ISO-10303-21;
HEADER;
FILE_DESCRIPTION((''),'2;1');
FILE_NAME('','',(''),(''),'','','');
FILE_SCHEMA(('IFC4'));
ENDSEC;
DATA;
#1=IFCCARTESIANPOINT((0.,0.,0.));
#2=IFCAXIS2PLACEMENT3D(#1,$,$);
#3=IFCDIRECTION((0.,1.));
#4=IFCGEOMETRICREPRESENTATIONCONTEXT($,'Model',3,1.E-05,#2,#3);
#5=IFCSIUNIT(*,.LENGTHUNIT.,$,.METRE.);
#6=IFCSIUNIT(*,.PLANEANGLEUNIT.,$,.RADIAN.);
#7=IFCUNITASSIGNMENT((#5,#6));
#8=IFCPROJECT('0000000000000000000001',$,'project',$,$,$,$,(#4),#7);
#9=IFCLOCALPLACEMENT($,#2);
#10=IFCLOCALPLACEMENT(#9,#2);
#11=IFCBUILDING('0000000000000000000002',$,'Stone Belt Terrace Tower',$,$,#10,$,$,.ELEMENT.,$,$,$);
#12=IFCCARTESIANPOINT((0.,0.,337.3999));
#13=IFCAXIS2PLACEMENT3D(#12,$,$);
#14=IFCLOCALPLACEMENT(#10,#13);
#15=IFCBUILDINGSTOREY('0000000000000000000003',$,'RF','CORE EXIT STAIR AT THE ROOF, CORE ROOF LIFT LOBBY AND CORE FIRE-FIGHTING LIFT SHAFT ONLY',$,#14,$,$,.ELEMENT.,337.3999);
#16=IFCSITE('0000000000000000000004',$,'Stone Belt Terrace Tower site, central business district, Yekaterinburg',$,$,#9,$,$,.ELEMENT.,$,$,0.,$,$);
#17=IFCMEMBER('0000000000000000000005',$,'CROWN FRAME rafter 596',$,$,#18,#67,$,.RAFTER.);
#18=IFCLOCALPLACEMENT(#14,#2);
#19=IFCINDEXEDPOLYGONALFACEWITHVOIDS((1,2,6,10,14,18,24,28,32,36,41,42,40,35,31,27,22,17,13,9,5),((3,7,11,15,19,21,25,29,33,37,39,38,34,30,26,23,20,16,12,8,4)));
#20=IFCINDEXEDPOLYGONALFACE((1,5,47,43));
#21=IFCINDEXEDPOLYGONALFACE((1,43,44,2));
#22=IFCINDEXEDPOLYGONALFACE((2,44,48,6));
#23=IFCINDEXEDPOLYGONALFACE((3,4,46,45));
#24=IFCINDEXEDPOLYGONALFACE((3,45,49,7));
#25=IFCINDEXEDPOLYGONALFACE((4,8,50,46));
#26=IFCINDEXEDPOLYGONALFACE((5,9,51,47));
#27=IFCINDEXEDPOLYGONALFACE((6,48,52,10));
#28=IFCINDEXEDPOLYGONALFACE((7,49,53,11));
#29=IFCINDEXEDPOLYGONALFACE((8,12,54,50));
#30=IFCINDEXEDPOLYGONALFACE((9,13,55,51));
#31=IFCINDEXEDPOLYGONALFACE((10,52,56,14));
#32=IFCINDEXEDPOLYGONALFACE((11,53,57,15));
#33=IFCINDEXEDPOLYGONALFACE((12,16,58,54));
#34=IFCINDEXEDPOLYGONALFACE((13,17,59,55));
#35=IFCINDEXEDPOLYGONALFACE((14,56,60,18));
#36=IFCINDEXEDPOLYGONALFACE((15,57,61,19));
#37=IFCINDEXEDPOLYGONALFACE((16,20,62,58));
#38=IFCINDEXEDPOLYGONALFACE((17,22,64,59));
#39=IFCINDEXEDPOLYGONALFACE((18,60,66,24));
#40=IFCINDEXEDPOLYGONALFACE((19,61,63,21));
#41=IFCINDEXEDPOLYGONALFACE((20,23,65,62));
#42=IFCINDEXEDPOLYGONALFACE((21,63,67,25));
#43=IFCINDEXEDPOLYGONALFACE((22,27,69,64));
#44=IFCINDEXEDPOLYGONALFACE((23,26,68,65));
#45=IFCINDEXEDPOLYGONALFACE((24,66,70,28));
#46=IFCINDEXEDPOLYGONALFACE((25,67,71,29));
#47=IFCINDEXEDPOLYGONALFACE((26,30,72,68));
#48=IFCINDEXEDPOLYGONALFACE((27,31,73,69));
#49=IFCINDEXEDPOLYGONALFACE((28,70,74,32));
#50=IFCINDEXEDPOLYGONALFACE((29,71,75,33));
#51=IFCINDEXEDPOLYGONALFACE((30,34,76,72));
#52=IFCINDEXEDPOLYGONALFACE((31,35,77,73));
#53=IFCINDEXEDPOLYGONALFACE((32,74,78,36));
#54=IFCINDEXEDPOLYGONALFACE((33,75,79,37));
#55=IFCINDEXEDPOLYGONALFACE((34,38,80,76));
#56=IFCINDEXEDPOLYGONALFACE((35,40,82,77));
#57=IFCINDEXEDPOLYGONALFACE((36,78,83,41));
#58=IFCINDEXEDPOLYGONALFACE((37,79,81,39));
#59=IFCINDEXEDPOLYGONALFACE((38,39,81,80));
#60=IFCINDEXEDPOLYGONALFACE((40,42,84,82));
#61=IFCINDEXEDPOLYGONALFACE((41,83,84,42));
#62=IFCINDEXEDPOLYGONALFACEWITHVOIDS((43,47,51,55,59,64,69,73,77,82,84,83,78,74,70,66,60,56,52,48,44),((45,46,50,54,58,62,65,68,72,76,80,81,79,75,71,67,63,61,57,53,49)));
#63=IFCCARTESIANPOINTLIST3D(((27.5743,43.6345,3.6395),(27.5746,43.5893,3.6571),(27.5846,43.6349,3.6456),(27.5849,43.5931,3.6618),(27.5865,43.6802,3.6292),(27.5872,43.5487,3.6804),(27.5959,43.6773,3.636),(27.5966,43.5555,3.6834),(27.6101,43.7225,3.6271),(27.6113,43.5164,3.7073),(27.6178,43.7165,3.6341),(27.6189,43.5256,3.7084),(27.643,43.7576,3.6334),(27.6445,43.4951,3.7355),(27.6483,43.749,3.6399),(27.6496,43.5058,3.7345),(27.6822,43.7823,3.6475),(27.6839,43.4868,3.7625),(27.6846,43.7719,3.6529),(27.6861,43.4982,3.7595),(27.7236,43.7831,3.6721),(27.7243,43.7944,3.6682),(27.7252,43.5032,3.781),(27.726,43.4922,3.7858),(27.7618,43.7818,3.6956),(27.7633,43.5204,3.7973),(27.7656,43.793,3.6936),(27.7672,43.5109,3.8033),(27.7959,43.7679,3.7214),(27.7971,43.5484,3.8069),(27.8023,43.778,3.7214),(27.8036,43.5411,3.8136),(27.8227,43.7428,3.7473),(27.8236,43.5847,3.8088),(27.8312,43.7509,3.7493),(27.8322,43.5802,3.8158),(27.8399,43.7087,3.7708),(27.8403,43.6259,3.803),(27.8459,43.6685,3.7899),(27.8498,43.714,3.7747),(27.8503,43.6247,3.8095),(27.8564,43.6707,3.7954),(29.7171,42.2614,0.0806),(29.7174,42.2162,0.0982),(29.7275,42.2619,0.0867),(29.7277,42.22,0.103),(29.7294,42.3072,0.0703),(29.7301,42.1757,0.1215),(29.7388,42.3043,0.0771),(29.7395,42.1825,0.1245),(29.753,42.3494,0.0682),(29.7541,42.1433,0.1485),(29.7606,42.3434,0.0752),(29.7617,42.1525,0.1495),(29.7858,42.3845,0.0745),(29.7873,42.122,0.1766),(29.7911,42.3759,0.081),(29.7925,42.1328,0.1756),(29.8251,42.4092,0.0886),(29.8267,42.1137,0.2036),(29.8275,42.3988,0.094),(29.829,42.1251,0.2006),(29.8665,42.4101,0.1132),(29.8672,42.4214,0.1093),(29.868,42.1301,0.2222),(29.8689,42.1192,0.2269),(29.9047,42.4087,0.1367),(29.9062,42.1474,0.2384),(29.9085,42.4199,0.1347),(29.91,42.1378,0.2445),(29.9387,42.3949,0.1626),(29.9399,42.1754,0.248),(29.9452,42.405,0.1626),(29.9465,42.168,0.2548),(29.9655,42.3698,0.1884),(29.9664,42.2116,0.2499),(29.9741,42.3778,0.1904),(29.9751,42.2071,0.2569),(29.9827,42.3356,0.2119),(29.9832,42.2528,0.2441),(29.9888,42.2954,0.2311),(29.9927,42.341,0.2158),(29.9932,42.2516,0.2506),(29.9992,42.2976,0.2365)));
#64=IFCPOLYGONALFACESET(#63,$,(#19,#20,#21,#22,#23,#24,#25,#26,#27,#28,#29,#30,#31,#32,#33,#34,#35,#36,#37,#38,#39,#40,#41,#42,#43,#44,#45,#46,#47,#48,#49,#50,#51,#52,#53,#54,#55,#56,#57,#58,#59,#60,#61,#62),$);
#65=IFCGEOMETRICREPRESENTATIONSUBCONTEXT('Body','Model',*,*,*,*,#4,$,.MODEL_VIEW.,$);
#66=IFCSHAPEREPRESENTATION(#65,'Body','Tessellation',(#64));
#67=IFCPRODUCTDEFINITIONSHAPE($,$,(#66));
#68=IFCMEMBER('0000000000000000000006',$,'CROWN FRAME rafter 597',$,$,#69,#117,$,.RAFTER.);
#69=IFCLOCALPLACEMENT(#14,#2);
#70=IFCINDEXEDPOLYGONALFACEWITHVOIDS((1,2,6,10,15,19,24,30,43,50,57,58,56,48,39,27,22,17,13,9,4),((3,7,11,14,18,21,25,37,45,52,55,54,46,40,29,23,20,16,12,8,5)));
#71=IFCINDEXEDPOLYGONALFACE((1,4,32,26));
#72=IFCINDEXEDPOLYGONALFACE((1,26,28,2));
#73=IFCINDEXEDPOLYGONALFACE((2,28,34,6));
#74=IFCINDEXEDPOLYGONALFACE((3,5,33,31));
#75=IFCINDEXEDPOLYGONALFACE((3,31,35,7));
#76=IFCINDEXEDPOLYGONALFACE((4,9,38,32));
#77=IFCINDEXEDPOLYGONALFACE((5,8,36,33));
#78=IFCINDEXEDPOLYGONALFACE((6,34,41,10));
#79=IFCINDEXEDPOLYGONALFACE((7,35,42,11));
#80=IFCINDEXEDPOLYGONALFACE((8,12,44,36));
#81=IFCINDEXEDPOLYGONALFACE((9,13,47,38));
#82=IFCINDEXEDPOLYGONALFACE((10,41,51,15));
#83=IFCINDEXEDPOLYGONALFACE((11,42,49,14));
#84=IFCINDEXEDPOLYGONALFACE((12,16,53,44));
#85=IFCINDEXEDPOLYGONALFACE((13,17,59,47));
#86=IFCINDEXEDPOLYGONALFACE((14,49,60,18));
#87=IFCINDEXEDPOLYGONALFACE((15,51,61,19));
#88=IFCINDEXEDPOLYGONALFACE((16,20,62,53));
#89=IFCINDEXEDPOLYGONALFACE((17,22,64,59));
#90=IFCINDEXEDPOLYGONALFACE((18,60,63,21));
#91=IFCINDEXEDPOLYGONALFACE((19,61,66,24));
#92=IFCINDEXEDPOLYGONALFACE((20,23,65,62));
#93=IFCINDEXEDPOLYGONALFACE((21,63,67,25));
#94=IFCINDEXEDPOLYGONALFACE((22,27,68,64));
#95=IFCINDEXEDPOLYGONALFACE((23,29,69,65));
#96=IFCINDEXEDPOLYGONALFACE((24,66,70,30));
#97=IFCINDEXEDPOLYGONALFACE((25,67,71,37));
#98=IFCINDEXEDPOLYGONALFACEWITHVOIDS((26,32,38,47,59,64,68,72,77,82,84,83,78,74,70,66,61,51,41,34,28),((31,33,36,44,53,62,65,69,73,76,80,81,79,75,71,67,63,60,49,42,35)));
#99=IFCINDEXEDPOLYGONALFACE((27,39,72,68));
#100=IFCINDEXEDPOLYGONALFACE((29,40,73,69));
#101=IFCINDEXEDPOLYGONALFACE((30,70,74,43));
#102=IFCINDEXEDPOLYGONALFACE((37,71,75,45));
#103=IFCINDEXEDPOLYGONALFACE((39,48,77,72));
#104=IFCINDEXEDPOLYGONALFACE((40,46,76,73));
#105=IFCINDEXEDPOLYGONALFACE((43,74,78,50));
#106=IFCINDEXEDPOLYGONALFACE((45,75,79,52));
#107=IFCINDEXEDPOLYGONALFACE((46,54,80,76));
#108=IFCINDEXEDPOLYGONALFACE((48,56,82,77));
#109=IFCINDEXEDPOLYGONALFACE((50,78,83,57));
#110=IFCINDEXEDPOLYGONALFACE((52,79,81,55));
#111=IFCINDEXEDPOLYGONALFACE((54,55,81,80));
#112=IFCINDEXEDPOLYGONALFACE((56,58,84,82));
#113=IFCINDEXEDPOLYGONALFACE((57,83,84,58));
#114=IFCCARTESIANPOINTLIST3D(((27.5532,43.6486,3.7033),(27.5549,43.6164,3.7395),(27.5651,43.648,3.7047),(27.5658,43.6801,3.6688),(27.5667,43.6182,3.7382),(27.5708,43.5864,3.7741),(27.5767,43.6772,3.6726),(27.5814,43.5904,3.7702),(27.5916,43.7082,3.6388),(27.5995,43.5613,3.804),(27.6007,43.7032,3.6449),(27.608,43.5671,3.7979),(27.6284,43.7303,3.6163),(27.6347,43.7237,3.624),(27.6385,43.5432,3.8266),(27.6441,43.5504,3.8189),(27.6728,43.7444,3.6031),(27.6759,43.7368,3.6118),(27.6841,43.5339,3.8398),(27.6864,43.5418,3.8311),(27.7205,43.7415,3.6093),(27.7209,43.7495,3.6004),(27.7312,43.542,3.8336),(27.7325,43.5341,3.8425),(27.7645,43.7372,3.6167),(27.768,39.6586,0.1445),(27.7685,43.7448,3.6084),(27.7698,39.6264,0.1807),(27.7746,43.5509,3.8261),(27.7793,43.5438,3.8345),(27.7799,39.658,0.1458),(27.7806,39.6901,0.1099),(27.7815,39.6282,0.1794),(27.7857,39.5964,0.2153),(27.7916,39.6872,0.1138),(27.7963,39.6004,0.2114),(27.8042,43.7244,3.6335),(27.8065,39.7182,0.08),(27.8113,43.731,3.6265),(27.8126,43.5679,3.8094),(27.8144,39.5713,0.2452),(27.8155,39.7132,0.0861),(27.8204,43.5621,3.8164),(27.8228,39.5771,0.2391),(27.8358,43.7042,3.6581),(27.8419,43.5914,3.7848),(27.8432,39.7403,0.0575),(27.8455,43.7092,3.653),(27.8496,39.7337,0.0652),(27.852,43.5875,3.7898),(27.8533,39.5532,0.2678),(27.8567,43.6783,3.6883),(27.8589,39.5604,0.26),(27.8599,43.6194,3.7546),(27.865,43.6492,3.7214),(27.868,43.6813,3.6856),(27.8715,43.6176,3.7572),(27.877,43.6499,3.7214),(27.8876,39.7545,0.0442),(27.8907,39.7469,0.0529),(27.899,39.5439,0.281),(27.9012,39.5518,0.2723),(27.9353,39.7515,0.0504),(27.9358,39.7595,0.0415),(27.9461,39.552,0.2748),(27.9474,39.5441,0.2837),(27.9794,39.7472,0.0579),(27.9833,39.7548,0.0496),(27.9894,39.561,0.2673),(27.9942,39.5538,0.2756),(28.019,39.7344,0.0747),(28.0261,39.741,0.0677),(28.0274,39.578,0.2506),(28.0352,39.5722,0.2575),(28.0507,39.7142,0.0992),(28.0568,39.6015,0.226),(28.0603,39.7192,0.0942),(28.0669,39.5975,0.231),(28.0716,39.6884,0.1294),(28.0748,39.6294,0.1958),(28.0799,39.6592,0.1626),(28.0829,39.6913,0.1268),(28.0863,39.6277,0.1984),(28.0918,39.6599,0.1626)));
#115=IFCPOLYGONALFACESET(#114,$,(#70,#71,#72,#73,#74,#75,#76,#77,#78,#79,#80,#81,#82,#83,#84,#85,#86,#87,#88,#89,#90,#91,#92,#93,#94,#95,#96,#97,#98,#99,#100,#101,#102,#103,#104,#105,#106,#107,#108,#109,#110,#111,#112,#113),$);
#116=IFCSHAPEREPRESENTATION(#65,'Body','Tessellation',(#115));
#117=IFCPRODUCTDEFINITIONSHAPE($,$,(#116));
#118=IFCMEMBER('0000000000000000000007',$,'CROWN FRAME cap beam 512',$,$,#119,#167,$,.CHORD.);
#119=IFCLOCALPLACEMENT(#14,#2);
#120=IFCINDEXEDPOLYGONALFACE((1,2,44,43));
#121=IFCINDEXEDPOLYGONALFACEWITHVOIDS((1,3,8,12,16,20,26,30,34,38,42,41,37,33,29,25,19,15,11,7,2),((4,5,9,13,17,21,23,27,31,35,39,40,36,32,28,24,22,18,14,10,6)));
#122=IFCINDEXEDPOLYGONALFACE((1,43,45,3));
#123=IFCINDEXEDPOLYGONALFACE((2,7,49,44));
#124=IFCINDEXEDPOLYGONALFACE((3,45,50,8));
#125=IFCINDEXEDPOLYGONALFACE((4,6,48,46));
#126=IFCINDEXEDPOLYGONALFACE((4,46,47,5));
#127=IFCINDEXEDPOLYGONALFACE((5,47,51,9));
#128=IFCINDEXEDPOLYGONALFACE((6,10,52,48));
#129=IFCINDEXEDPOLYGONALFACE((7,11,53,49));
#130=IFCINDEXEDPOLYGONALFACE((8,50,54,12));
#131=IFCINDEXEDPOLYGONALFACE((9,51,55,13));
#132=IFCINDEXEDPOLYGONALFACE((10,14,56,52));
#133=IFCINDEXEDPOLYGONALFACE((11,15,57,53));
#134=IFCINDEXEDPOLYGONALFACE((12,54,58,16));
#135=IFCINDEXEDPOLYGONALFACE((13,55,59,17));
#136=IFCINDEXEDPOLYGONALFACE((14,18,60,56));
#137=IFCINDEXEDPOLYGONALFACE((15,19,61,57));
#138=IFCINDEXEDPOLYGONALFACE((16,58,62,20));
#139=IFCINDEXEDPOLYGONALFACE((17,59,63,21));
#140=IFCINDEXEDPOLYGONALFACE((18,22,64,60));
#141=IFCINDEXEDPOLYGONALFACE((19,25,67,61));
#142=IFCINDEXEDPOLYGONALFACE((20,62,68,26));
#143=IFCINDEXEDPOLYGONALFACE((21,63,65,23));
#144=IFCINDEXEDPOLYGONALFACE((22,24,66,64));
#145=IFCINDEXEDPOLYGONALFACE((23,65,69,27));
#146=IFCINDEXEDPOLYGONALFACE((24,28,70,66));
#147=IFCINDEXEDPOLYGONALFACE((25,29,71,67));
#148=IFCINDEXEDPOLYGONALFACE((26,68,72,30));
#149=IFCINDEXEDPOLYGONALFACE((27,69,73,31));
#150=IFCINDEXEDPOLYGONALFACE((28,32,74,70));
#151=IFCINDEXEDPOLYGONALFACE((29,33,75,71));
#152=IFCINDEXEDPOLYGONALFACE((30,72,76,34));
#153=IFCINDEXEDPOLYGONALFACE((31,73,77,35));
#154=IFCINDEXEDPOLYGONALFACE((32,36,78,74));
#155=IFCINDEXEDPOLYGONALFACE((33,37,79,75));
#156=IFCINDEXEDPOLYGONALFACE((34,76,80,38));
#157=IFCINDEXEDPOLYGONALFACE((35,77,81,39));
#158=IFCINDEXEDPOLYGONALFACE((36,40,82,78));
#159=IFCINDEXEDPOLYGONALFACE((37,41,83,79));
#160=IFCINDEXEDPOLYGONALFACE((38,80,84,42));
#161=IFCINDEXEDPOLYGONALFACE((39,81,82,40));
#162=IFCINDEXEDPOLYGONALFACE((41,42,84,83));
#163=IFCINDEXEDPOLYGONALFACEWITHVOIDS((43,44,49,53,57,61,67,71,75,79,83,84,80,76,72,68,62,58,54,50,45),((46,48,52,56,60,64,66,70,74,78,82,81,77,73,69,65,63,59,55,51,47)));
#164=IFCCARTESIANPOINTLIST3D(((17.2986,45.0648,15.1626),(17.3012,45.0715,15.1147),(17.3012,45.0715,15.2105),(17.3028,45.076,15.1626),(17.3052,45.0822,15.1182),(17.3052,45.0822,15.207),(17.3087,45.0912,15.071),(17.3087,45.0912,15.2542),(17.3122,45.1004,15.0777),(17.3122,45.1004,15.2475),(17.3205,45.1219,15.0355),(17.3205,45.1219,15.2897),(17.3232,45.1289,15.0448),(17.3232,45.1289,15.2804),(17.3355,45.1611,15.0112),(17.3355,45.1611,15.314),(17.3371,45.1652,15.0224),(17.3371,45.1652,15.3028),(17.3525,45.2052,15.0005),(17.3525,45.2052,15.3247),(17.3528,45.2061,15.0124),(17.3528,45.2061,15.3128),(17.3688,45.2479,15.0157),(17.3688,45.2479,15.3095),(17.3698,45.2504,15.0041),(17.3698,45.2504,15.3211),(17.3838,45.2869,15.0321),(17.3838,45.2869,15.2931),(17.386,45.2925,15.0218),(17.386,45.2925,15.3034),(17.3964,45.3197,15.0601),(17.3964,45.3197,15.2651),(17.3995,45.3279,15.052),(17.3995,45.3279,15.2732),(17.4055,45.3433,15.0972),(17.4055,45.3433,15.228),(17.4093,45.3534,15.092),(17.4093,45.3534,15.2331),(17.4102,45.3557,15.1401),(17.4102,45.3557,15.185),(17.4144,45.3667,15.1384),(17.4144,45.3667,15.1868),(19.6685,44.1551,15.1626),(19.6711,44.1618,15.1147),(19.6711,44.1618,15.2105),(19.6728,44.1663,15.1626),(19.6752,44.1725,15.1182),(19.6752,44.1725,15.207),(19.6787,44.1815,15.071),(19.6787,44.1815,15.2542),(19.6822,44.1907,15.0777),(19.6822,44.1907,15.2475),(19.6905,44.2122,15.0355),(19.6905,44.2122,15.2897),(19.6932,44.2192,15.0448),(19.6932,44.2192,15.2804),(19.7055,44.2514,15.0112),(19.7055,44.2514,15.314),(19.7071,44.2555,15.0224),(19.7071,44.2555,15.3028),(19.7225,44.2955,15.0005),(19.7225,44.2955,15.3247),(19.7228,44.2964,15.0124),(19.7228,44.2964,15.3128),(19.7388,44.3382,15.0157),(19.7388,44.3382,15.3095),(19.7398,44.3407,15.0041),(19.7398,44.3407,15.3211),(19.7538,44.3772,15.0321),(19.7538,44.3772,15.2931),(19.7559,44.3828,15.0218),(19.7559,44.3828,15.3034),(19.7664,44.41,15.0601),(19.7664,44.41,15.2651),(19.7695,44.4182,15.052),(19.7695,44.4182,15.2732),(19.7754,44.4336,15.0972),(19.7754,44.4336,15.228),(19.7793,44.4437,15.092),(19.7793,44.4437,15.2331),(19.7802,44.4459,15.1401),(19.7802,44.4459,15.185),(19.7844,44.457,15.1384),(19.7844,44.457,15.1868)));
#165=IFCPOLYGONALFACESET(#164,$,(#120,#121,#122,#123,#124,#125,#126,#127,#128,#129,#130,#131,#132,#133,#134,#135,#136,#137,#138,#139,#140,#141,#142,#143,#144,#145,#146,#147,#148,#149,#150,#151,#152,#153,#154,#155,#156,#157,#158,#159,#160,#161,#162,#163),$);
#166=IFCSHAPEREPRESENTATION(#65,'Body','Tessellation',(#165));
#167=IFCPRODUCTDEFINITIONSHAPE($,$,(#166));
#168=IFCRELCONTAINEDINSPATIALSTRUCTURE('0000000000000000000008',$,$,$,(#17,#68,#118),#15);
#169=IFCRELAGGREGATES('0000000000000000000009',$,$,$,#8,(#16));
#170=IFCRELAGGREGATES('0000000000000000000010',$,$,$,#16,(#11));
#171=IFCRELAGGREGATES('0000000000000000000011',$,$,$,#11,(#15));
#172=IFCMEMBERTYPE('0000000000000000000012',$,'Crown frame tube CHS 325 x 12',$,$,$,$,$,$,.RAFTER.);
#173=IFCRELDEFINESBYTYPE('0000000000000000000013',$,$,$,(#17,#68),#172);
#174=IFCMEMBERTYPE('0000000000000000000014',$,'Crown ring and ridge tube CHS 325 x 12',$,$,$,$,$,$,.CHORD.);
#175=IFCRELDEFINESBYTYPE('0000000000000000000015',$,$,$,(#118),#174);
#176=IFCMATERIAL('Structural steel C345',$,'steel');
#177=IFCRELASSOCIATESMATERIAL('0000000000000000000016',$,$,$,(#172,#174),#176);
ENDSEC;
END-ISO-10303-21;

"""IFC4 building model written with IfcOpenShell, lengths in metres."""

from ifc_helpers import new_model, si_unit, direction, frame, origin, origin_2d, place, context, subcontext, project, spatial, hollow_circle, extrude, material, material_profile, profile_set, type_object, element, save


model = new_model("IFC4")

# Units and contexts
model_context = context("Model", 3, precision=1e-05, world=origin(), true_north=direction((0.0, 1.0)))
body_context = subcontext(model_context, "Body", "Model", "MODEL_VIEW")
ifc_project = project(units=[si_unit("LENGTHUNIT", "METRE"), si_unit("PLANEANGLEUNIT", "RADIAN")], contexts=[model_context])

# Site, building, storey
site_placement = place(None, origin())
site = spatial("IfcSite", under=ifc_project, at=site_placement, Name="Stone Belt Terrace Tower site, central business district, Yekaterinburg", CompositionType="ELEMENT", RefElevation=0.0)
building_placement = place(site_placement, origin())
building = spatial("IfcBuilding", under=site, at=building_placement, Name="Stone Belt Terrace Tower", CompositionType="ELEMENT")
storey_placement = place(building_placement, frame((0.0, 0.0, 337.3999)))
storey = spatial("IfcBuildingStorey", under=building, at=storey_placement, Name="RF", Description="CORE EXIT STAIR AT THE ROOF, CORE ROOF LIFT LOBBY AND CORE FIRE-FIGHTING LIFT SHAFT ONLY", CompositionType="ELEMENT", Elevation=337.3999)

# Members
ifc_material_1 = material(Name="Structural steel C345", Category="steel")
ifc_material_profile_1 = material_profile(ifc_material_1, hollow_circle(Radius=0.1626, WallThickness=0.012, at=origin_2d()), Name="Structural steel C345 CHS 325x12")
ifc_profile_set_1 = profile_set([ifc_material_profile_1], Name="Structural steel C345")
member_type_1 = type_object("IfcMemberType", Name="Crown frame tube CHS 325 x 12", PredefinedType="RAFTER", material=ifc_profile_set_1)
for number, where, z_axis, x_axis, name in (
    (1, (27.7146, 43.6411, 3.7214), (0.489767, -0.313826, -0.813414), (0.539511, 0.841979, 0.0), "CROWN FRAME rafter 596"),
):
    element("IfcMember", number, at=place(storey_placement, frame(where, z_axis=z_axis, x_axis=x_axis)), inside=storey, type_object=member_type_1, Name=name, PredefinedType="RAFTER", context=body_context, shape_type="SweptSolid", body=[
        extrude(hollow_circle(Radius=0.1626, WallThickness=0.012, at=origin_2d()), origin(), (0.0, 0.0, 1.0), 4.3752),
    ])
member_1_placement = place(storey_placement, frame((27.7146, 43.6411, 3.7214), z_axis=(0.040151, -0.745675, -0.665099), x_axis=(0.998553, 0.053768, 0.0)))
element("IfcMember", 2, at=member_1_placement, inside=storey, type_object=member_type_1, Name="CROWN FRAME rafter 597", PredefinedType="RAFTER", context=body_context, shape_type="SweptSolid", body=[
    extrude(hollow_circle(Radius=0.1626, WallThickness=0.012, at=origin_2d()), origin(), (0.0, 0.0, 1.0), 5.3508),
])
ifc_material_profile_2 = material_profile(ifc_material_1, hollow_circle(Radius=0.1626, WallThickness=0.012, at=origin_2d()), Name="Structural steel C345 CHS 325x12")
ifc_profile_set_2 = profile_set([ifc_material_profile_2], Name="Structural steel C345")
member_type_2 = type_object("IfcMemberType", Name="Crown ring and ridge tube CHS 325 x 12", PredefinedType="CHORD", material=ifc_profile_set_2)
member_2_placement = place(storey_placement, frame((19.7268, 44.3069, 15.1626), z_axis=(-0.933586, 0.358354, 0.0), x_axis=(-0.358354, -0.933586, 0.0)))
element("IfcMember", 3, at=member_2_placement, inside=storey, type_object=member_type_2, Name="CROWN FRAME cap beam 512", PredefinedType="CHORD", context=body_context, shape_type="SweptSolid", body=[
    extrude(hollow_circle(Radius=0.1626, WallThickness=0.012, at=origin_2d()), origin(), (0.0, 0.0, 1.0), 2.5386),
])

save(model, "model.ifc")
